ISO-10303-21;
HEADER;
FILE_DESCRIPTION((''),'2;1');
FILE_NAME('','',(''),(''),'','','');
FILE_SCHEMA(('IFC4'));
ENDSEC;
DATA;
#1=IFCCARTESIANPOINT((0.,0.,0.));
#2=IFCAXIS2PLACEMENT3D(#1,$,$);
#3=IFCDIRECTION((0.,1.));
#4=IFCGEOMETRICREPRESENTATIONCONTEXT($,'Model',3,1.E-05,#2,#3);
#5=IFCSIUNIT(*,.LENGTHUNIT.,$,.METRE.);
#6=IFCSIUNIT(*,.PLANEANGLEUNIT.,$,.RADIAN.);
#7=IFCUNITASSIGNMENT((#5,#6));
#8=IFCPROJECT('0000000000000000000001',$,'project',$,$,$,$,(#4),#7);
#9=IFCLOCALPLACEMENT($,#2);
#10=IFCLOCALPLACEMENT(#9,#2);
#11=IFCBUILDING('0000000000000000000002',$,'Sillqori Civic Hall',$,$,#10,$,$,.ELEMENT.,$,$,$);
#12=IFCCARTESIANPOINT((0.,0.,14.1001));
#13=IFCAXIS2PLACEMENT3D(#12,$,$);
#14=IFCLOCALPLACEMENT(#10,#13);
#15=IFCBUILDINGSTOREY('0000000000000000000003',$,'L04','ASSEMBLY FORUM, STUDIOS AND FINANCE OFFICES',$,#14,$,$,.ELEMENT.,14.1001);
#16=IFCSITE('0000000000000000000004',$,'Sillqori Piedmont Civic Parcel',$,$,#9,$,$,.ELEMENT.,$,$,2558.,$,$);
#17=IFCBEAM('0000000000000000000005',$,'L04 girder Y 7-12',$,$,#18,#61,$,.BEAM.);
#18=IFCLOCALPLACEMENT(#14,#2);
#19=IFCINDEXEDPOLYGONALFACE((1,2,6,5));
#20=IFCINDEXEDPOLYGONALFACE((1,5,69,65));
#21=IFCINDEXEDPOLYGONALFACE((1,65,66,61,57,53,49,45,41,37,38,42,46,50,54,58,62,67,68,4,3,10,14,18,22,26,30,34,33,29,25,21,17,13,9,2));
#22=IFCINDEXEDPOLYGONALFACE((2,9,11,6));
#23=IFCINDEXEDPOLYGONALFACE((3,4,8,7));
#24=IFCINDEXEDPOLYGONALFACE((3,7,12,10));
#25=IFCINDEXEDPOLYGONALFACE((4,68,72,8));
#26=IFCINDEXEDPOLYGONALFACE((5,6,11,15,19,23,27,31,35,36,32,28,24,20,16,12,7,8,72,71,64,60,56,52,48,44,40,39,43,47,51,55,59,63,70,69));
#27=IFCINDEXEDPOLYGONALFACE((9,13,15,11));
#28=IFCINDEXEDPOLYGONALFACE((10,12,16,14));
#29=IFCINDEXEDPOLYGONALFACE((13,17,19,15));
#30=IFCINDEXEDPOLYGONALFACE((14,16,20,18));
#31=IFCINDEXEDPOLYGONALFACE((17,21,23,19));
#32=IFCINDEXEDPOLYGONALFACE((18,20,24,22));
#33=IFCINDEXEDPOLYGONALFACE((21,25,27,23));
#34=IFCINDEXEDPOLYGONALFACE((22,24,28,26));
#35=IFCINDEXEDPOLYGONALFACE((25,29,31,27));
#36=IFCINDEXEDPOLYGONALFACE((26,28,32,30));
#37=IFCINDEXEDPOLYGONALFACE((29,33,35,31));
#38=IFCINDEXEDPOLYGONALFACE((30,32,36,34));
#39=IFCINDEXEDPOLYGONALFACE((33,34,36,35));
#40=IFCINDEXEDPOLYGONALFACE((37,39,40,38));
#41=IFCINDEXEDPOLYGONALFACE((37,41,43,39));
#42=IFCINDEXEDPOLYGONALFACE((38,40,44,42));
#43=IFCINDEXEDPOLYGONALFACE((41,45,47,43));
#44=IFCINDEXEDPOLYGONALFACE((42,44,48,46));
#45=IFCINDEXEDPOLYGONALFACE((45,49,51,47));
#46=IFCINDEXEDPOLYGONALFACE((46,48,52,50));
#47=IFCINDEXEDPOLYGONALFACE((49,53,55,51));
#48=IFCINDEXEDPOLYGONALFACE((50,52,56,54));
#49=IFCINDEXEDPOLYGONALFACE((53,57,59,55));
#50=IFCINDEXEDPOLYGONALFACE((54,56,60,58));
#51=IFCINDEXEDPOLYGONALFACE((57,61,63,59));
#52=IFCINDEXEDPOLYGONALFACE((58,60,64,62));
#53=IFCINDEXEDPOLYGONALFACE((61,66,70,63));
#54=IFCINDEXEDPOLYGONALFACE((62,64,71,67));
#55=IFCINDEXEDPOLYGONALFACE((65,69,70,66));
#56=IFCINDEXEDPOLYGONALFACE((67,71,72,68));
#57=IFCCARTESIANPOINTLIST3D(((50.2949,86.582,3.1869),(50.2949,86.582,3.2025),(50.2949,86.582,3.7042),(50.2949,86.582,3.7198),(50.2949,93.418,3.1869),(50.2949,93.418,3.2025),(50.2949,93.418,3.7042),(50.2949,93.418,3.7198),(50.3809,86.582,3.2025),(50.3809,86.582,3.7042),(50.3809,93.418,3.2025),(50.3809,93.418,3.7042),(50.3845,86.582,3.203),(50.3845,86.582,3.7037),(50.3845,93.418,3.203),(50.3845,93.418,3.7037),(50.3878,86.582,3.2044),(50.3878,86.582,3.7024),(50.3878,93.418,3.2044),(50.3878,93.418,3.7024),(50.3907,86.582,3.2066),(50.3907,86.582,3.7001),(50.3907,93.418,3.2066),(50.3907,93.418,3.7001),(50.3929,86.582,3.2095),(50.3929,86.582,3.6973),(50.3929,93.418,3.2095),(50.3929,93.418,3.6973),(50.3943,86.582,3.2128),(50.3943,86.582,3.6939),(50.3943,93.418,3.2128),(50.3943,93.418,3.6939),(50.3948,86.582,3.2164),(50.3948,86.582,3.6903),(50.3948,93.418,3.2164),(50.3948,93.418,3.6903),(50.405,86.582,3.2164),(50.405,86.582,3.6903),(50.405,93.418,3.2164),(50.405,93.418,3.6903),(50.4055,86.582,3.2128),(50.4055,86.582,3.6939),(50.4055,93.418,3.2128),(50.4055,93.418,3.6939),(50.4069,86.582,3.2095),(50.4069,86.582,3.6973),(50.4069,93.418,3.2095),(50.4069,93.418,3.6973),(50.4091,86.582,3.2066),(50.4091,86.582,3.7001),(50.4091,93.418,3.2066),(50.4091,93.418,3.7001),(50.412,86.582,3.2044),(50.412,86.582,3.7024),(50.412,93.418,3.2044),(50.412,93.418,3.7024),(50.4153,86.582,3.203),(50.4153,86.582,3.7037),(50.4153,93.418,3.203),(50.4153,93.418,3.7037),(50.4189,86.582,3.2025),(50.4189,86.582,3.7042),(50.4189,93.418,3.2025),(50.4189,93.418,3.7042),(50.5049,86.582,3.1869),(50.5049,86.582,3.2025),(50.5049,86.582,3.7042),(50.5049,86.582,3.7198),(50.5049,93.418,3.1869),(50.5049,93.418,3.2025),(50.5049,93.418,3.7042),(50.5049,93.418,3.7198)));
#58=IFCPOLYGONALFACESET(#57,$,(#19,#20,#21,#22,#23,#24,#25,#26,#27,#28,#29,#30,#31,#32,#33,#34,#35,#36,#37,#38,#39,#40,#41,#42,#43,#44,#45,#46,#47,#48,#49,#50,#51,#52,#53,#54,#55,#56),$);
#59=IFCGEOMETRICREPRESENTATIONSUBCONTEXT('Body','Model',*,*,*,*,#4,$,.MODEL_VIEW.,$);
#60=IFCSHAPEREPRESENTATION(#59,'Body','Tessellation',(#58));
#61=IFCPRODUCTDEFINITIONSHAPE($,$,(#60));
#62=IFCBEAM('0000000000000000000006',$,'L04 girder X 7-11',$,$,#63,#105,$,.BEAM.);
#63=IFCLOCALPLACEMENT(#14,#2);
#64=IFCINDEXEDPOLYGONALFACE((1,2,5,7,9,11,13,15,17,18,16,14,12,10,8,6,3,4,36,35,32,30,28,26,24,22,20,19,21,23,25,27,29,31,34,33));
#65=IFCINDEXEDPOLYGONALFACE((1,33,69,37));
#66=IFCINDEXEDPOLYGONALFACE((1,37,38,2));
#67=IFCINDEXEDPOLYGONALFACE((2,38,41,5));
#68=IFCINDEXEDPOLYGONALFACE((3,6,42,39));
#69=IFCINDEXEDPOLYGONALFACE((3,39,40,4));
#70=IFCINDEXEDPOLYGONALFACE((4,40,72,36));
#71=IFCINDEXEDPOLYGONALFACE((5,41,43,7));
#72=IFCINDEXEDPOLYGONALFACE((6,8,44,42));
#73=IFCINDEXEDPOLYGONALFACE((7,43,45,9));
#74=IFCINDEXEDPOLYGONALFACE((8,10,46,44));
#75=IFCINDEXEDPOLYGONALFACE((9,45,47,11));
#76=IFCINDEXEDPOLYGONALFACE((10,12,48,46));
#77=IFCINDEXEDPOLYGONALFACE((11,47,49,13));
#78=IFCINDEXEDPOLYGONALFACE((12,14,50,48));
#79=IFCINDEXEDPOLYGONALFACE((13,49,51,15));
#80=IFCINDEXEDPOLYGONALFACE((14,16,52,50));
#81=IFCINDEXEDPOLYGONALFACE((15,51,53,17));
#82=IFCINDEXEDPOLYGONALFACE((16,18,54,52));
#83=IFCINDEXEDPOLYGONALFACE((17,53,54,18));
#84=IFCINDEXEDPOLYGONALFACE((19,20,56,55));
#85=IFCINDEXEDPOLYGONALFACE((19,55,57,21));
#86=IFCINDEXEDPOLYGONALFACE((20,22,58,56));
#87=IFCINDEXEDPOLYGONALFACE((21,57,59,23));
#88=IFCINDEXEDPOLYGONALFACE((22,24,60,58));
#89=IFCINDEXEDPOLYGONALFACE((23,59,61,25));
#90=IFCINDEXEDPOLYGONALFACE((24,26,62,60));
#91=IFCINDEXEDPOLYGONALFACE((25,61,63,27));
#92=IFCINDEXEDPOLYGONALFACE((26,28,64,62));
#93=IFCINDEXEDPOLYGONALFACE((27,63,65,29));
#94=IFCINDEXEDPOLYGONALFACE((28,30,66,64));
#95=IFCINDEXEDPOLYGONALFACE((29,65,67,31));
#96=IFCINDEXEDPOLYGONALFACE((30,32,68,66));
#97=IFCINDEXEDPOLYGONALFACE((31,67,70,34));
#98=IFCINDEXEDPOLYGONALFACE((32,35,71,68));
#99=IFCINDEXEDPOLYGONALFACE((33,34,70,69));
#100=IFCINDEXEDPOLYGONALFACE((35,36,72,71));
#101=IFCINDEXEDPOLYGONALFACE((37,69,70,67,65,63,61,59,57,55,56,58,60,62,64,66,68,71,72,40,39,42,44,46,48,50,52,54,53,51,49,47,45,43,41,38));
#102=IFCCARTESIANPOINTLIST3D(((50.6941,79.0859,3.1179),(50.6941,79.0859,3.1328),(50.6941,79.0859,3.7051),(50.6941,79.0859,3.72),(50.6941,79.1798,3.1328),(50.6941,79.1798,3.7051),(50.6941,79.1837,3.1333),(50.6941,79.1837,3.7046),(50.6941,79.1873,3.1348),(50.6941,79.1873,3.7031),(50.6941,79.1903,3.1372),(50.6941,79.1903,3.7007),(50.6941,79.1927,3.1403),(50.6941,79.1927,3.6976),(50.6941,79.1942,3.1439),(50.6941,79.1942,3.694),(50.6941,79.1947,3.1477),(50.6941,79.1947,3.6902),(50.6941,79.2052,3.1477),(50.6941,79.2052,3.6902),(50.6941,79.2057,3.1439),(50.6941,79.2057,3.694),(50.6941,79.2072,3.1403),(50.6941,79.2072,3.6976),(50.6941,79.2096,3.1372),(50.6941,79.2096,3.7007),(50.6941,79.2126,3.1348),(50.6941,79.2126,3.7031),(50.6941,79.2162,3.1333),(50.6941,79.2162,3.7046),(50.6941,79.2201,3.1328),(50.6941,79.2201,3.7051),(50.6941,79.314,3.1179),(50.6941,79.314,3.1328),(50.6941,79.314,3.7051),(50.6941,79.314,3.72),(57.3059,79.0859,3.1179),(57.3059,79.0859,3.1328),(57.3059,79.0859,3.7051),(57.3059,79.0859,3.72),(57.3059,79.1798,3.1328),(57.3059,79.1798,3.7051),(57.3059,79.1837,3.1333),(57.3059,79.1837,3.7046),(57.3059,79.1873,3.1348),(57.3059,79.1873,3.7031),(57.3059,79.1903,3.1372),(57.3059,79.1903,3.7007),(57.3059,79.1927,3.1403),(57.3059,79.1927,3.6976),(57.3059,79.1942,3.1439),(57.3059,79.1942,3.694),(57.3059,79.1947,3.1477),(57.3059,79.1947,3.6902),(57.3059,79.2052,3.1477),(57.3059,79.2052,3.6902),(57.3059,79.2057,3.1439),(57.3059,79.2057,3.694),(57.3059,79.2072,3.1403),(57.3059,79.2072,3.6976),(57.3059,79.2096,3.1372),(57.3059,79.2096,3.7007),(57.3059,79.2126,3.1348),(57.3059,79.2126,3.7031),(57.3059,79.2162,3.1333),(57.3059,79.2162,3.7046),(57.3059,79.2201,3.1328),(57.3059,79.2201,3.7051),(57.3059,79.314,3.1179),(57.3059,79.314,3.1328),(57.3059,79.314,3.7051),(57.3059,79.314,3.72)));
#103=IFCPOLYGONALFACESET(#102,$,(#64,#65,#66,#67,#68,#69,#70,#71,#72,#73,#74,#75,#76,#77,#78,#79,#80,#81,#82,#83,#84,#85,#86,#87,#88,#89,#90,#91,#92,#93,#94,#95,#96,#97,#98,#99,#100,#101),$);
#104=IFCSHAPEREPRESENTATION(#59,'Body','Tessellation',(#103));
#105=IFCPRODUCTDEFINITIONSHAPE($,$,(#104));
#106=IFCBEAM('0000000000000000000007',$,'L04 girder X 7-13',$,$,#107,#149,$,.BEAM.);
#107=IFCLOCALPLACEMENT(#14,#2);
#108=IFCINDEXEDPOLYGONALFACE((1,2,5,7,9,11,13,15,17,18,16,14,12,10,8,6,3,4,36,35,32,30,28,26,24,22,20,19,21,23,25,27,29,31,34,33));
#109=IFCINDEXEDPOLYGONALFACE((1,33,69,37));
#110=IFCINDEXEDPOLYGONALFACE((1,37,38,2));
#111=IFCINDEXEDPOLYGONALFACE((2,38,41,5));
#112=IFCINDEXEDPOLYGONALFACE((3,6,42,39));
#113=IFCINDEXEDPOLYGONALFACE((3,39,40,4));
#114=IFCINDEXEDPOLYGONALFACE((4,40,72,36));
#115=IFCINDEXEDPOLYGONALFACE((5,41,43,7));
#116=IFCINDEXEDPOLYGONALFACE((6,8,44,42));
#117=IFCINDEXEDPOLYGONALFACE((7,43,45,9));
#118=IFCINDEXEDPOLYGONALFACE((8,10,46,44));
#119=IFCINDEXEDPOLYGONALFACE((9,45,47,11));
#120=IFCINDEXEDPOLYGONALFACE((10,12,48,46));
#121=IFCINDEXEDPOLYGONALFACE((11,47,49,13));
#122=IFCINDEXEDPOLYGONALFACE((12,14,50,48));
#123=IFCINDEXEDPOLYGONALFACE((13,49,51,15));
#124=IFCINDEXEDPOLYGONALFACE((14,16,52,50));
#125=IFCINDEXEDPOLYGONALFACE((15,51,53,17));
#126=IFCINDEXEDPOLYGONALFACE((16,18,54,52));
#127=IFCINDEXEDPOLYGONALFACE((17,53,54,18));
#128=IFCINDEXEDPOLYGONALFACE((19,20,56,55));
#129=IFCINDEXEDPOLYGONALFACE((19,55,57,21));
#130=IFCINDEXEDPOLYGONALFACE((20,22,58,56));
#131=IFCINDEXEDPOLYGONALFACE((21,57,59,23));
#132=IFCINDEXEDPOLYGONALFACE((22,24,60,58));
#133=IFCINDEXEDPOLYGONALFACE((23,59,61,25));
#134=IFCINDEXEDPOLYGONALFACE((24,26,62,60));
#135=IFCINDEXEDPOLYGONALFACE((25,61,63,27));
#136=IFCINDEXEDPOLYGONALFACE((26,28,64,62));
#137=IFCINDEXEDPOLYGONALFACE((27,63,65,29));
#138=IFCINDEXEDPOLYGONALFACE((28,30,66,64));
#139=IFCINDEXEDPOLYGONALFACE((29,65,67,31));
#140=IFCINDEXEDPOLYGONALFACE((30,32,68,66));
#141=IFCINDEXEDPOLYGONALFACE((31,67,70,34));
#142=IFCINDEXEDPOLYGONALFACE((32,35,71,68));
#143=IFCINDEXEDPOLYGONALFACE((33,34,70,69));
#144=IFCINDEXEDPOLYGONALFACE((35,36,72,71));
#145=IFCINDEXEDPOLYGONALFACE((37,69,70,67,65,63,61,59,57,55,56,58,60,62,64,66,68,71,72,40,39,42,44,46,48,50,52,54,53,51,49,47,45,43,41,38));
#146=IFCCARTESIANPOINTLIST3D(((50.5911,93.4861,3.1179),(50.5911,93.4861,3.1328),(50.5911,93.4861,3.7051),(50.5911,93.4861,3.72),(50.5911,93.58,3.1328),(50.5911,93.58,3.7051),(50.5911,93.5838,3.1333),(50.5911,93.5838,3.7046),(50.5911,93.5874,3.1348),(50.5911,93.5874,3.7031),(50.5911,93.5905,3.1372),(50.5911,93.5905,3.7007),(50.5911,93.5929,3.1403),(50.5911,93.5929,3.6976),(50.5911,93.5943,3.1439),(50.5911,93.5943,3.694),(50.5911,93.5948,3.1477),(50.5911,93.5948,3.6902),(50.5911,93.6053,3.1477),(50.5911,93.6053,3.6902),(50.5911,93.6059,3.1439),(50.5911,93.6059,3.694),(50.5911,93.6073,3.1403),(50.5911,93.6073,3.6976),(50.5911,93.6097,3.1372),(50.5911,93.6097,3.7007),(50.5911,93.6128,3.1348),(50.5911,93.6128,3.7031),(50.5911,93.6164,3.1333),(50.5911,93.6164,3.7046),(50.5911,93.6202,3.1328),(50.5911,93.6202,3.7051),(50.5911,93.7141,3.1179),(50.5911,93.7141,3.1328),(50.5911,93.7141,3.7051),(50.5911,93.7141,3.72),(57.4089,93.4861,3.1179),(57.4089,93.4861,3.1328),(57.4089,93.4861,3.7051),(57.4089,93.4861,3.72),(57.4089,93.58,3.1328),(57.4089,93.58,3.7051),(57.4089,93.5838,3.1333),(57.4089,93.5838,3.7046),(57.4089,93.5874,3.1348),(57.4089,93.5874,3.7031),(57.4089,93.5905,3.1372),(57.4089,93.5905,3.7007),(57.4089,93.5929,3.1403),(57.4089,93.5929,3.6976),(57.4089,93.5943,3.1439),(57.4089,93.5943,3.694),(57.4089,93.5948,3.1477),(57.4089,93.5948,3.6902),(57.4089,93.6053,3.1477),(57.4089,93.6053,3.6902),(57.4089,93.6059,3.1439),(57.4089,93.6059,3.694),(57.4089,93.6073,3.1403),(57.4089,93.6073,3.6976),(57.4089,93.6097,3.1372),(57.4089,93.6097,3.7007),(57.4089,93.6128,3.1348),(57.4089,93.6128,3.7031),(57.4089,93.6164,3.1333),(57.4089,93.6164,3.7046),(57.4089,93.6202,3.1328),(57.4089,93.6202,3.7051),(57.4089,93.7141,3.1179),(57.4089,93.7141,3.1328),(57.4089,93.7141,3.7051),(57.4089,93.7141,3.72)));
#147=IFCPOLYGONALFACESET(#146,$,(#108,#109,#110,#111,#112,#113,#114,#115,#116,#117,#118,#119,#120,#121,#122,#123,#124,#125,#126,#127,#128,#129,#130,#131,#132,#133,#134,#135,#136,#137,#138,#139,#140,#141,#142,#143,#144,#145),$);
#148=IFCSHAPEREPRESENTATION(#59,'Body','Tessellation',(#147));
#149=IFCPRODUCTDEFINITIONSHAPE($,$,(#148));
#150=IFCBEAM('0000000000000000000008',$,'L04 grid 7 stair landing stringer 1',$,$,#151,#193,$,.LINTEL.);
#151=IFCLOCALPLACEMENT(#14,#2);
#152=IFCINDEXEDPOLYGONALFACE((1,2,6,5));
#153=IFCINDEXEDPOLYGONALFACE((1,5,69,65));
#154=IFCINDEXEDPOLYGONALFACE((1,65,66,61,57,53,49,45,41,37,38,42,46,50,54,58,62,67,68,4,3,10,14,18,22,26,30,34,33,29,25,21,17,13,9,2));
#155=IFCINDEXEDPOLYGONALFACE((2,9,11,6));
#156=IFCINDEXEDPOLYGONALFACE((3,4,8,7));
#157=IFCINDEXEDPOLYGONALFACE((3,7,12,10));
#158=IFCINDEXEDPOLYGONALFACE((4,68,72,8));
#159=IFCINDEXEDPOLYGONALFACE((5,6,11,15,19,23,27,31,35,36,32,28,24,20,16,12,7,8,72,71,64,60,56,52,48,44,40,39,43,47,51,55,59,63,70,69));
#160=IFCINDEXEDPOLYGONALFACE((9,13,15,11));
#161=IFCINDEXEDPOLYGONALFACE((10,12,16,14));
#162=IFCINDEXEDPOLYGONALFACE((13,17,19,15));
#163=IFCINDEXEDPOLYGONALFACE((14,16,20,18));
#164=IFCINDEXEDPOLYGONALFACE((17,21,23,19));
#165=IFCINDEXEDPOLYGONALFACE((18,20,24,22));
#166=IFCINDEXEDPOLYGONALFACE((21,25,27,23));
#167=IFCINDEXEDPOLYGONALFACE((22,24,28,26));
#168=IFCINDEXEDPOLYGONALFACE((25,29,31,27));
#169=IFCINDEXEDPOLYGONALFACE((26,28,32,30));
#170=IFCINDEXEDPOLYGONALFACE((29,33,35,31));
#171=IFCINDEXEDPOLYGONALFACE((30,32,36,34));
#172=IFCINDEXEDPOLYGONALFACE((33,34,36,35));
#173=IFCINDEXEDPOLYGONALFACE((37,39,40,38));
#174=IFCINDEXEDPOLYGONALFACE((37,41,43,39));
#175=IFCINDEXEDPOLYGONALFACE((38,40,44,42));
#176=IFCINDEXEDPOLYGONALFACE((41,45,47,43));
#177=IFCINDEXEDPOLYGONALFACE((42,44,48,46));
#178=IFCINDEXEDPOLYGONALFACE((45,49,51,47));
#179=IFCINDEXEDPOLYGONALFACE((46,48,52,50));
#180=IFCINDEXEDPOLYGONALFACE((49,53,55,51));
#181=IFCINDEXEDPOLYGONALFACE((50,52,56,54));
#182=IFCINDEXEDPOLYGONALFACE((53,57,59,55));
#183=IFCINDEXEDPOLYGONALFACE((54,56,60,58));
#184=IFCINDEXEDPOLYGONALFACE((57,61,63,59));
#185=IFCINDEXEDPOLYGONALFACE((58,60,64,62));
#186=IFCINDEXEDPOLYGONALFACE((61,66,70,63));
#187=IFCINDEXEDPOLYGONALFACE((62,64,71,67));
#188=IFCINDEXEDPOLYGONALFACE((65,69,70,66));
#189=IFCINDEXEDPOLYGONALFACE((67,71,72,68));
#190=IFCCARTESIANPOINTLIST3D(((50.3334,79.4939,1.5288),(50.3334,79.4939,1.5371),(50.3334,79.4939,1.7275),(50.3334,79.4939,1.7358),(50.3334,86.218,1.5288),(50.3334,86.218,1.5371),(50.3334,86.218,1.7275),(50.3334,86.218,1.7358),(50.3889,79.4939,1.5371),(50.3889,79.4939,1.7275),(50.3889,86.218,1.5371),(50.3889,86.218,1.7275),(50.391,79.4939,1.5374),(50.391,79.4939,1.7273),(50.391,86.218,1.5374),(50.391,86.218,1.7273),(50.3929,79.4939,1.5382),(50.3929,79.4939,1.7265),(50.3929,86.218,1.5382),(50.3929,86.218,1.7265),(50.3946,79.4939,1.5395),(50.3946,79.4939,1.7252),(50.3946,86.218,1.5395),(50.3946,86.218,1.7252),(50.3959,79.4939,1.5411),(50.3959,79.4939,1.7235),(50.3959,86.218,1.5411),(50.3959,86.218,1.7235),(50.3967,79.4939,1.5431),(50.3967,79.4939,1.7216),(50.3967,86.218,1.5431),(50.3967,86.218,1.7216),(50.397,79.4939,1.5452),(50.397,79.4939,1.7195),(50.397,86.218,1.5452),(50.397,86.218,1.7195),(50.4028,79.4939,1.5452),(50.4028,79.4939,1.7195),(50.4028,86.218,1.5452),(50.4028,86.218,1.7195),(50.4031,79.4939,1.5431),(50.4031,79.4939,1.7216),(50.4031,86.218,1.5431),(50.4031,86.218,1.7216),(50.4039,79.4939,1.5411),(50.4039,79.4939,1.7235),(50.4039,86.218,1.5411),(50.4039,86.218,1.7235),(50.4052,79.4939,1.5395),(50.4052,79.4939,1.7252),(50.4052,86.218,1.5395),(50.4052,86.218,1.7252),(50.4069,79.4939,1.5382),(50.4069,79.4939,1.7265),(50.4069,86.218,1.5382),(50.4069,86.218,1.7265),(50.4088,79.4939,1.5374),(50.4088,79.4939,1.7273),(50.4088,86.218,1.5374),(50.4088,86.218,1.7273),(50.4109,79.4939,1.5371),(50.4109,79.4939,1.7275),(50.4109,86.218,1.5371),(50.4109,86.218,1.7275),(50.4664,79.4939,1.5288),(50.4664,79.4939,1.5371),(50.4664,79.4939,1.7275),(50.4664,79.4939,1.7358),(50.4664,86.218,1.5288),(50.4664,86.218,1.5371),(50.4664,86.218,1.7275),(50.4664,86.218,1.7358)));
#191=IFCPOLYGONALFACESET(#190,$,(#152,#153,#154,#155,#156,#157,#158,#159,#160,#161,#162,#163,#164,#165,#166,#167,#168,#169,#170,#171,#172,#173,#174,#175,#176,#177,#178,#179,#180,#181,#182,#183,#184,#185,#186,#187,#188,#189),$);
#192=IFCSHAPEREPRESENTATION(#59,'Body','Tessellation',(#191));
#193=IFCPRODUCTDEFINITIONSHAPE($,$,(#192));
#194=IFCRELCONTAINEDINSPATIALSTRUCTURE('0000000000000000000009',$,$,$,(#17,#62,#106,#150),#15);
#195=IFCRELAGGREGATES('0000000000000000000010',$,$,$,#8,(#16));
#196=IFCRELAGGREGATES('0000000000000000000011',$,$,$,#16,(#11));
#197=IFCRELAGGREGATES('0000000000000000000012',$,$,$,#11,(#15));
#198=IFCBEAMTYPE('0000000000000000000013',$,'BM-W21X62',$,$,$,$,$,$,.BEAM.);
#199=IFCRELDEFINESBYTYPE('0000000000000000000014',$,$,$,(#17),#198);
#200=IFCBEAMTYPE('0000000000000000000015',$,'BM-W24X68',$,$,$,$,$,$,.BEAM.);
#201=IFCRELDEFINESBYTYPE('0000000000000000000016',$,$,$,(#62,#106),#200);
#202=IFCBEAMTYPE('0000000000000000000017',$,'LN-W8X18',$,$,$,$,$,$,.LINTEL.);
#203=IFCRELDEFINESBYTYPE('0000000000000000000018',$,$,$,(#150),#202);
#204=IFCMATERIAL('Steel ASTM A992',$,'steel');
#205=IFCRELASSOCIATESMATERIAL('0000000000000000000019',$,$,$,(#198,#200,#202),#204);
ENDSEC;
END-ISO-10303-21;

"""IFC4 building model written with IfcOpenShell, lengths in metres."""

from ifc_helpers import new_model, si_unit, direction, frame, origin, origin_2d, place, context, subcontext, project, spatial, i_section, extrude, material, material_profile, profile_set, type_object, element, save


model = new_model("IFC4")

# Units and contexts
model_context = context("Model", 3, precision=1e-05, world=origin(), true_north=direction((0.0, 1.0)))
body_context = subcontext(model_context, "Body", "Model", "MODEL_VIEW")
ifc_project = project(units=[si_unit("LENGTHUNIT", "METRE"), si_unit("PLANEANGLEUNIT", "RADIAN")], contexts=[model_context])

# Site, building, storey
site_placement = place(None, origin())
site = spatial("IfcSite", under=ifc_project, at=site_placement, Name="Sillqori Piedmont Civic Parcel", CompositionType="ELEMENT", RefElevation=2558.0)
building_placement = place(site_placement, origin())
building = spatial("IfcBuilding", under=site, at=building_placement, Name="Sillqori Civic Hall", CompositionType="ELEMENT")
storey_placement = place(building_placement, frame((0.0, 0.0, 14.1001)))
storey = spatial("IfcBuildingStorey", under=building, at=storey_placement, Name="L04", Description="ASSEMBLY FORUM, STUDIOS AND FINANCE OFFICES", CompositionType="ELEMENT", Elevation=14.1001)

# Shared definitions
ifc_material_1 = material(Name="Steel ASTM A992", Category="steel")

# Beams
ifc_material_profile_1 = material_profile(ifc_material_1, i_section(OverallWidth=0.21, OverallDepth=0.533, WebThickness=0.0103, FlangeThickness=0.0156, FilletRadius=0.0139, at=origin_2d()), Name="W21X62")
ifc_profile_set_1 = profile_set([ifc_material_profile_1], Name="Steel ASTM A992")
beam_type_1 = type_object("IfcBeamType", Name="BM-W21X62", PredefinedType="BEAM", material=ifc_profile_set_1)
beam_1_placement = place(storey_placement, frame((50.3999, 86.582, 3.4534), z_axis=(0.0, 1.0, 0.0), x_axis=(-1.0, 0.0, 0.0)))
element("IfcBeam", 1, at=beam_1_placement, inside=storey, type_object=beam_type_1, Name="L04 girder Y 7-12", PredefinedType="BEAM", context=body_context, shape_type="SweptSolid", body=[
    extrude(i_section(OverallWidth=0.21, OverallDepth=0.533, WebThickness=0.0103, FlangeThickness=0.0156, FilletRadius=0.0139, at=origin_2d()), origin(), (0.0, 0.0, 1.0), 6.8359),
])
ifc_material_profile_2 = material_profile(ifc_material_1, i_section(OverallWidth=0.228, OverallDepth=0.6021, WebThickness=0.0105, FlangeThickness=0.0149, FilletRadius=0.0149, at=origin_2d()), Name="W24X68")
ifc_profile_set_2 = profile_set([ifc_material_profile_2], Name="Steel ASTM A992")
beam_type_2 = type_object("IfcBeamType", Name="BM-W24X68", PredefinedType="BEAM", material=ifc_profile_set_2)
beam_2_placement = place(storey_placement, frame((50.6941, 79.2, 3.4189), z_axis=(1.0, 0.0, 0.0), x_axis=(0.0, 1.0, 0.0)))
element("IfcBeam", 2, at=beam_2_placement, inside=storey, type_object=beam_type_2, Name="L04 girder X 7-11", PredefinedType="BEAM", context=body_context, shape_type="SweptSolid", body=[
    extrude(i_section(OverallWidth=0.228, OverallDepth=0.6021, WebThickness=0.0105, FlangeThickness=0.0149, FilletRadius=0.0149, at=origin_2d()), origin(), (0.0, 0.0, 1.0), 6.6118),
])
beam_3_placement = place(storey_placement, frame((50.5911, 93.6001, 3.4189), z_axis=(1.0, 0.0, 0.0), x_axis=(0.0, 1.0, 0.0)))
element("IfcBeam", 3, at=beam_3_placement, inside=storey, type_object=beam_type_2, Name="L04 girder X 7-13", PredefinedType="BEAM", context=body_context, shape_type="SweptSolid", body=[
    extrude(i_section(OverallWidth=0.228, OverallDepth=0.6021, WebThickness=0.0105, FlangeThickness=0.0149, FilletRadius=0.0149, at=origin_2d()), origin(), (0.0, 0.0, 1.0), 6.8179),
])
ifc_material_profile_3 = material_profile(ifc_material_1, i_section(OverallWidth=0.1331, OverallDepth=0.207, WebThickness=0.0059, FlangeThickness=0.0083, FilletRadius=0.0081, at=origin_2d()), Name="W8X18")
ifc_profile_set_3 = profile_set([ifc_material_profile_3], Name="Steel ASTM A992")
beam_type_3 = type_object("IfcBeamType", Name="LN-W8X18", PredefinedType="LINTEL", material=ifc_profile_set_3)
beam_4_placement = place(storey_placement, frame((50.3999, 79.4939, 1.6323), z_axis=(0.0, 1.0, 0.0), x_axis=(-1.0, 0.0, 0.0)))
element("IfcBeam", 4, at=beam_4_placement, inside=storey, type_object=beam_type_3, Name="L04 grid 7 stair landing stringer 1", PredefinedType="LINTEL", context=body_context, shape_type="SweptSolid", body=[
    extrude(i_section(OverallWidth=0.1331, OverallDepth=0.207, WebThickness=0.0059, FlangeThickness=0.0083, FilletRadius=0.0081, at=origin_2d()), origin(), (0.0, 0.0, 1.0), 6.7241),
])

save(model, "model.ifc")
